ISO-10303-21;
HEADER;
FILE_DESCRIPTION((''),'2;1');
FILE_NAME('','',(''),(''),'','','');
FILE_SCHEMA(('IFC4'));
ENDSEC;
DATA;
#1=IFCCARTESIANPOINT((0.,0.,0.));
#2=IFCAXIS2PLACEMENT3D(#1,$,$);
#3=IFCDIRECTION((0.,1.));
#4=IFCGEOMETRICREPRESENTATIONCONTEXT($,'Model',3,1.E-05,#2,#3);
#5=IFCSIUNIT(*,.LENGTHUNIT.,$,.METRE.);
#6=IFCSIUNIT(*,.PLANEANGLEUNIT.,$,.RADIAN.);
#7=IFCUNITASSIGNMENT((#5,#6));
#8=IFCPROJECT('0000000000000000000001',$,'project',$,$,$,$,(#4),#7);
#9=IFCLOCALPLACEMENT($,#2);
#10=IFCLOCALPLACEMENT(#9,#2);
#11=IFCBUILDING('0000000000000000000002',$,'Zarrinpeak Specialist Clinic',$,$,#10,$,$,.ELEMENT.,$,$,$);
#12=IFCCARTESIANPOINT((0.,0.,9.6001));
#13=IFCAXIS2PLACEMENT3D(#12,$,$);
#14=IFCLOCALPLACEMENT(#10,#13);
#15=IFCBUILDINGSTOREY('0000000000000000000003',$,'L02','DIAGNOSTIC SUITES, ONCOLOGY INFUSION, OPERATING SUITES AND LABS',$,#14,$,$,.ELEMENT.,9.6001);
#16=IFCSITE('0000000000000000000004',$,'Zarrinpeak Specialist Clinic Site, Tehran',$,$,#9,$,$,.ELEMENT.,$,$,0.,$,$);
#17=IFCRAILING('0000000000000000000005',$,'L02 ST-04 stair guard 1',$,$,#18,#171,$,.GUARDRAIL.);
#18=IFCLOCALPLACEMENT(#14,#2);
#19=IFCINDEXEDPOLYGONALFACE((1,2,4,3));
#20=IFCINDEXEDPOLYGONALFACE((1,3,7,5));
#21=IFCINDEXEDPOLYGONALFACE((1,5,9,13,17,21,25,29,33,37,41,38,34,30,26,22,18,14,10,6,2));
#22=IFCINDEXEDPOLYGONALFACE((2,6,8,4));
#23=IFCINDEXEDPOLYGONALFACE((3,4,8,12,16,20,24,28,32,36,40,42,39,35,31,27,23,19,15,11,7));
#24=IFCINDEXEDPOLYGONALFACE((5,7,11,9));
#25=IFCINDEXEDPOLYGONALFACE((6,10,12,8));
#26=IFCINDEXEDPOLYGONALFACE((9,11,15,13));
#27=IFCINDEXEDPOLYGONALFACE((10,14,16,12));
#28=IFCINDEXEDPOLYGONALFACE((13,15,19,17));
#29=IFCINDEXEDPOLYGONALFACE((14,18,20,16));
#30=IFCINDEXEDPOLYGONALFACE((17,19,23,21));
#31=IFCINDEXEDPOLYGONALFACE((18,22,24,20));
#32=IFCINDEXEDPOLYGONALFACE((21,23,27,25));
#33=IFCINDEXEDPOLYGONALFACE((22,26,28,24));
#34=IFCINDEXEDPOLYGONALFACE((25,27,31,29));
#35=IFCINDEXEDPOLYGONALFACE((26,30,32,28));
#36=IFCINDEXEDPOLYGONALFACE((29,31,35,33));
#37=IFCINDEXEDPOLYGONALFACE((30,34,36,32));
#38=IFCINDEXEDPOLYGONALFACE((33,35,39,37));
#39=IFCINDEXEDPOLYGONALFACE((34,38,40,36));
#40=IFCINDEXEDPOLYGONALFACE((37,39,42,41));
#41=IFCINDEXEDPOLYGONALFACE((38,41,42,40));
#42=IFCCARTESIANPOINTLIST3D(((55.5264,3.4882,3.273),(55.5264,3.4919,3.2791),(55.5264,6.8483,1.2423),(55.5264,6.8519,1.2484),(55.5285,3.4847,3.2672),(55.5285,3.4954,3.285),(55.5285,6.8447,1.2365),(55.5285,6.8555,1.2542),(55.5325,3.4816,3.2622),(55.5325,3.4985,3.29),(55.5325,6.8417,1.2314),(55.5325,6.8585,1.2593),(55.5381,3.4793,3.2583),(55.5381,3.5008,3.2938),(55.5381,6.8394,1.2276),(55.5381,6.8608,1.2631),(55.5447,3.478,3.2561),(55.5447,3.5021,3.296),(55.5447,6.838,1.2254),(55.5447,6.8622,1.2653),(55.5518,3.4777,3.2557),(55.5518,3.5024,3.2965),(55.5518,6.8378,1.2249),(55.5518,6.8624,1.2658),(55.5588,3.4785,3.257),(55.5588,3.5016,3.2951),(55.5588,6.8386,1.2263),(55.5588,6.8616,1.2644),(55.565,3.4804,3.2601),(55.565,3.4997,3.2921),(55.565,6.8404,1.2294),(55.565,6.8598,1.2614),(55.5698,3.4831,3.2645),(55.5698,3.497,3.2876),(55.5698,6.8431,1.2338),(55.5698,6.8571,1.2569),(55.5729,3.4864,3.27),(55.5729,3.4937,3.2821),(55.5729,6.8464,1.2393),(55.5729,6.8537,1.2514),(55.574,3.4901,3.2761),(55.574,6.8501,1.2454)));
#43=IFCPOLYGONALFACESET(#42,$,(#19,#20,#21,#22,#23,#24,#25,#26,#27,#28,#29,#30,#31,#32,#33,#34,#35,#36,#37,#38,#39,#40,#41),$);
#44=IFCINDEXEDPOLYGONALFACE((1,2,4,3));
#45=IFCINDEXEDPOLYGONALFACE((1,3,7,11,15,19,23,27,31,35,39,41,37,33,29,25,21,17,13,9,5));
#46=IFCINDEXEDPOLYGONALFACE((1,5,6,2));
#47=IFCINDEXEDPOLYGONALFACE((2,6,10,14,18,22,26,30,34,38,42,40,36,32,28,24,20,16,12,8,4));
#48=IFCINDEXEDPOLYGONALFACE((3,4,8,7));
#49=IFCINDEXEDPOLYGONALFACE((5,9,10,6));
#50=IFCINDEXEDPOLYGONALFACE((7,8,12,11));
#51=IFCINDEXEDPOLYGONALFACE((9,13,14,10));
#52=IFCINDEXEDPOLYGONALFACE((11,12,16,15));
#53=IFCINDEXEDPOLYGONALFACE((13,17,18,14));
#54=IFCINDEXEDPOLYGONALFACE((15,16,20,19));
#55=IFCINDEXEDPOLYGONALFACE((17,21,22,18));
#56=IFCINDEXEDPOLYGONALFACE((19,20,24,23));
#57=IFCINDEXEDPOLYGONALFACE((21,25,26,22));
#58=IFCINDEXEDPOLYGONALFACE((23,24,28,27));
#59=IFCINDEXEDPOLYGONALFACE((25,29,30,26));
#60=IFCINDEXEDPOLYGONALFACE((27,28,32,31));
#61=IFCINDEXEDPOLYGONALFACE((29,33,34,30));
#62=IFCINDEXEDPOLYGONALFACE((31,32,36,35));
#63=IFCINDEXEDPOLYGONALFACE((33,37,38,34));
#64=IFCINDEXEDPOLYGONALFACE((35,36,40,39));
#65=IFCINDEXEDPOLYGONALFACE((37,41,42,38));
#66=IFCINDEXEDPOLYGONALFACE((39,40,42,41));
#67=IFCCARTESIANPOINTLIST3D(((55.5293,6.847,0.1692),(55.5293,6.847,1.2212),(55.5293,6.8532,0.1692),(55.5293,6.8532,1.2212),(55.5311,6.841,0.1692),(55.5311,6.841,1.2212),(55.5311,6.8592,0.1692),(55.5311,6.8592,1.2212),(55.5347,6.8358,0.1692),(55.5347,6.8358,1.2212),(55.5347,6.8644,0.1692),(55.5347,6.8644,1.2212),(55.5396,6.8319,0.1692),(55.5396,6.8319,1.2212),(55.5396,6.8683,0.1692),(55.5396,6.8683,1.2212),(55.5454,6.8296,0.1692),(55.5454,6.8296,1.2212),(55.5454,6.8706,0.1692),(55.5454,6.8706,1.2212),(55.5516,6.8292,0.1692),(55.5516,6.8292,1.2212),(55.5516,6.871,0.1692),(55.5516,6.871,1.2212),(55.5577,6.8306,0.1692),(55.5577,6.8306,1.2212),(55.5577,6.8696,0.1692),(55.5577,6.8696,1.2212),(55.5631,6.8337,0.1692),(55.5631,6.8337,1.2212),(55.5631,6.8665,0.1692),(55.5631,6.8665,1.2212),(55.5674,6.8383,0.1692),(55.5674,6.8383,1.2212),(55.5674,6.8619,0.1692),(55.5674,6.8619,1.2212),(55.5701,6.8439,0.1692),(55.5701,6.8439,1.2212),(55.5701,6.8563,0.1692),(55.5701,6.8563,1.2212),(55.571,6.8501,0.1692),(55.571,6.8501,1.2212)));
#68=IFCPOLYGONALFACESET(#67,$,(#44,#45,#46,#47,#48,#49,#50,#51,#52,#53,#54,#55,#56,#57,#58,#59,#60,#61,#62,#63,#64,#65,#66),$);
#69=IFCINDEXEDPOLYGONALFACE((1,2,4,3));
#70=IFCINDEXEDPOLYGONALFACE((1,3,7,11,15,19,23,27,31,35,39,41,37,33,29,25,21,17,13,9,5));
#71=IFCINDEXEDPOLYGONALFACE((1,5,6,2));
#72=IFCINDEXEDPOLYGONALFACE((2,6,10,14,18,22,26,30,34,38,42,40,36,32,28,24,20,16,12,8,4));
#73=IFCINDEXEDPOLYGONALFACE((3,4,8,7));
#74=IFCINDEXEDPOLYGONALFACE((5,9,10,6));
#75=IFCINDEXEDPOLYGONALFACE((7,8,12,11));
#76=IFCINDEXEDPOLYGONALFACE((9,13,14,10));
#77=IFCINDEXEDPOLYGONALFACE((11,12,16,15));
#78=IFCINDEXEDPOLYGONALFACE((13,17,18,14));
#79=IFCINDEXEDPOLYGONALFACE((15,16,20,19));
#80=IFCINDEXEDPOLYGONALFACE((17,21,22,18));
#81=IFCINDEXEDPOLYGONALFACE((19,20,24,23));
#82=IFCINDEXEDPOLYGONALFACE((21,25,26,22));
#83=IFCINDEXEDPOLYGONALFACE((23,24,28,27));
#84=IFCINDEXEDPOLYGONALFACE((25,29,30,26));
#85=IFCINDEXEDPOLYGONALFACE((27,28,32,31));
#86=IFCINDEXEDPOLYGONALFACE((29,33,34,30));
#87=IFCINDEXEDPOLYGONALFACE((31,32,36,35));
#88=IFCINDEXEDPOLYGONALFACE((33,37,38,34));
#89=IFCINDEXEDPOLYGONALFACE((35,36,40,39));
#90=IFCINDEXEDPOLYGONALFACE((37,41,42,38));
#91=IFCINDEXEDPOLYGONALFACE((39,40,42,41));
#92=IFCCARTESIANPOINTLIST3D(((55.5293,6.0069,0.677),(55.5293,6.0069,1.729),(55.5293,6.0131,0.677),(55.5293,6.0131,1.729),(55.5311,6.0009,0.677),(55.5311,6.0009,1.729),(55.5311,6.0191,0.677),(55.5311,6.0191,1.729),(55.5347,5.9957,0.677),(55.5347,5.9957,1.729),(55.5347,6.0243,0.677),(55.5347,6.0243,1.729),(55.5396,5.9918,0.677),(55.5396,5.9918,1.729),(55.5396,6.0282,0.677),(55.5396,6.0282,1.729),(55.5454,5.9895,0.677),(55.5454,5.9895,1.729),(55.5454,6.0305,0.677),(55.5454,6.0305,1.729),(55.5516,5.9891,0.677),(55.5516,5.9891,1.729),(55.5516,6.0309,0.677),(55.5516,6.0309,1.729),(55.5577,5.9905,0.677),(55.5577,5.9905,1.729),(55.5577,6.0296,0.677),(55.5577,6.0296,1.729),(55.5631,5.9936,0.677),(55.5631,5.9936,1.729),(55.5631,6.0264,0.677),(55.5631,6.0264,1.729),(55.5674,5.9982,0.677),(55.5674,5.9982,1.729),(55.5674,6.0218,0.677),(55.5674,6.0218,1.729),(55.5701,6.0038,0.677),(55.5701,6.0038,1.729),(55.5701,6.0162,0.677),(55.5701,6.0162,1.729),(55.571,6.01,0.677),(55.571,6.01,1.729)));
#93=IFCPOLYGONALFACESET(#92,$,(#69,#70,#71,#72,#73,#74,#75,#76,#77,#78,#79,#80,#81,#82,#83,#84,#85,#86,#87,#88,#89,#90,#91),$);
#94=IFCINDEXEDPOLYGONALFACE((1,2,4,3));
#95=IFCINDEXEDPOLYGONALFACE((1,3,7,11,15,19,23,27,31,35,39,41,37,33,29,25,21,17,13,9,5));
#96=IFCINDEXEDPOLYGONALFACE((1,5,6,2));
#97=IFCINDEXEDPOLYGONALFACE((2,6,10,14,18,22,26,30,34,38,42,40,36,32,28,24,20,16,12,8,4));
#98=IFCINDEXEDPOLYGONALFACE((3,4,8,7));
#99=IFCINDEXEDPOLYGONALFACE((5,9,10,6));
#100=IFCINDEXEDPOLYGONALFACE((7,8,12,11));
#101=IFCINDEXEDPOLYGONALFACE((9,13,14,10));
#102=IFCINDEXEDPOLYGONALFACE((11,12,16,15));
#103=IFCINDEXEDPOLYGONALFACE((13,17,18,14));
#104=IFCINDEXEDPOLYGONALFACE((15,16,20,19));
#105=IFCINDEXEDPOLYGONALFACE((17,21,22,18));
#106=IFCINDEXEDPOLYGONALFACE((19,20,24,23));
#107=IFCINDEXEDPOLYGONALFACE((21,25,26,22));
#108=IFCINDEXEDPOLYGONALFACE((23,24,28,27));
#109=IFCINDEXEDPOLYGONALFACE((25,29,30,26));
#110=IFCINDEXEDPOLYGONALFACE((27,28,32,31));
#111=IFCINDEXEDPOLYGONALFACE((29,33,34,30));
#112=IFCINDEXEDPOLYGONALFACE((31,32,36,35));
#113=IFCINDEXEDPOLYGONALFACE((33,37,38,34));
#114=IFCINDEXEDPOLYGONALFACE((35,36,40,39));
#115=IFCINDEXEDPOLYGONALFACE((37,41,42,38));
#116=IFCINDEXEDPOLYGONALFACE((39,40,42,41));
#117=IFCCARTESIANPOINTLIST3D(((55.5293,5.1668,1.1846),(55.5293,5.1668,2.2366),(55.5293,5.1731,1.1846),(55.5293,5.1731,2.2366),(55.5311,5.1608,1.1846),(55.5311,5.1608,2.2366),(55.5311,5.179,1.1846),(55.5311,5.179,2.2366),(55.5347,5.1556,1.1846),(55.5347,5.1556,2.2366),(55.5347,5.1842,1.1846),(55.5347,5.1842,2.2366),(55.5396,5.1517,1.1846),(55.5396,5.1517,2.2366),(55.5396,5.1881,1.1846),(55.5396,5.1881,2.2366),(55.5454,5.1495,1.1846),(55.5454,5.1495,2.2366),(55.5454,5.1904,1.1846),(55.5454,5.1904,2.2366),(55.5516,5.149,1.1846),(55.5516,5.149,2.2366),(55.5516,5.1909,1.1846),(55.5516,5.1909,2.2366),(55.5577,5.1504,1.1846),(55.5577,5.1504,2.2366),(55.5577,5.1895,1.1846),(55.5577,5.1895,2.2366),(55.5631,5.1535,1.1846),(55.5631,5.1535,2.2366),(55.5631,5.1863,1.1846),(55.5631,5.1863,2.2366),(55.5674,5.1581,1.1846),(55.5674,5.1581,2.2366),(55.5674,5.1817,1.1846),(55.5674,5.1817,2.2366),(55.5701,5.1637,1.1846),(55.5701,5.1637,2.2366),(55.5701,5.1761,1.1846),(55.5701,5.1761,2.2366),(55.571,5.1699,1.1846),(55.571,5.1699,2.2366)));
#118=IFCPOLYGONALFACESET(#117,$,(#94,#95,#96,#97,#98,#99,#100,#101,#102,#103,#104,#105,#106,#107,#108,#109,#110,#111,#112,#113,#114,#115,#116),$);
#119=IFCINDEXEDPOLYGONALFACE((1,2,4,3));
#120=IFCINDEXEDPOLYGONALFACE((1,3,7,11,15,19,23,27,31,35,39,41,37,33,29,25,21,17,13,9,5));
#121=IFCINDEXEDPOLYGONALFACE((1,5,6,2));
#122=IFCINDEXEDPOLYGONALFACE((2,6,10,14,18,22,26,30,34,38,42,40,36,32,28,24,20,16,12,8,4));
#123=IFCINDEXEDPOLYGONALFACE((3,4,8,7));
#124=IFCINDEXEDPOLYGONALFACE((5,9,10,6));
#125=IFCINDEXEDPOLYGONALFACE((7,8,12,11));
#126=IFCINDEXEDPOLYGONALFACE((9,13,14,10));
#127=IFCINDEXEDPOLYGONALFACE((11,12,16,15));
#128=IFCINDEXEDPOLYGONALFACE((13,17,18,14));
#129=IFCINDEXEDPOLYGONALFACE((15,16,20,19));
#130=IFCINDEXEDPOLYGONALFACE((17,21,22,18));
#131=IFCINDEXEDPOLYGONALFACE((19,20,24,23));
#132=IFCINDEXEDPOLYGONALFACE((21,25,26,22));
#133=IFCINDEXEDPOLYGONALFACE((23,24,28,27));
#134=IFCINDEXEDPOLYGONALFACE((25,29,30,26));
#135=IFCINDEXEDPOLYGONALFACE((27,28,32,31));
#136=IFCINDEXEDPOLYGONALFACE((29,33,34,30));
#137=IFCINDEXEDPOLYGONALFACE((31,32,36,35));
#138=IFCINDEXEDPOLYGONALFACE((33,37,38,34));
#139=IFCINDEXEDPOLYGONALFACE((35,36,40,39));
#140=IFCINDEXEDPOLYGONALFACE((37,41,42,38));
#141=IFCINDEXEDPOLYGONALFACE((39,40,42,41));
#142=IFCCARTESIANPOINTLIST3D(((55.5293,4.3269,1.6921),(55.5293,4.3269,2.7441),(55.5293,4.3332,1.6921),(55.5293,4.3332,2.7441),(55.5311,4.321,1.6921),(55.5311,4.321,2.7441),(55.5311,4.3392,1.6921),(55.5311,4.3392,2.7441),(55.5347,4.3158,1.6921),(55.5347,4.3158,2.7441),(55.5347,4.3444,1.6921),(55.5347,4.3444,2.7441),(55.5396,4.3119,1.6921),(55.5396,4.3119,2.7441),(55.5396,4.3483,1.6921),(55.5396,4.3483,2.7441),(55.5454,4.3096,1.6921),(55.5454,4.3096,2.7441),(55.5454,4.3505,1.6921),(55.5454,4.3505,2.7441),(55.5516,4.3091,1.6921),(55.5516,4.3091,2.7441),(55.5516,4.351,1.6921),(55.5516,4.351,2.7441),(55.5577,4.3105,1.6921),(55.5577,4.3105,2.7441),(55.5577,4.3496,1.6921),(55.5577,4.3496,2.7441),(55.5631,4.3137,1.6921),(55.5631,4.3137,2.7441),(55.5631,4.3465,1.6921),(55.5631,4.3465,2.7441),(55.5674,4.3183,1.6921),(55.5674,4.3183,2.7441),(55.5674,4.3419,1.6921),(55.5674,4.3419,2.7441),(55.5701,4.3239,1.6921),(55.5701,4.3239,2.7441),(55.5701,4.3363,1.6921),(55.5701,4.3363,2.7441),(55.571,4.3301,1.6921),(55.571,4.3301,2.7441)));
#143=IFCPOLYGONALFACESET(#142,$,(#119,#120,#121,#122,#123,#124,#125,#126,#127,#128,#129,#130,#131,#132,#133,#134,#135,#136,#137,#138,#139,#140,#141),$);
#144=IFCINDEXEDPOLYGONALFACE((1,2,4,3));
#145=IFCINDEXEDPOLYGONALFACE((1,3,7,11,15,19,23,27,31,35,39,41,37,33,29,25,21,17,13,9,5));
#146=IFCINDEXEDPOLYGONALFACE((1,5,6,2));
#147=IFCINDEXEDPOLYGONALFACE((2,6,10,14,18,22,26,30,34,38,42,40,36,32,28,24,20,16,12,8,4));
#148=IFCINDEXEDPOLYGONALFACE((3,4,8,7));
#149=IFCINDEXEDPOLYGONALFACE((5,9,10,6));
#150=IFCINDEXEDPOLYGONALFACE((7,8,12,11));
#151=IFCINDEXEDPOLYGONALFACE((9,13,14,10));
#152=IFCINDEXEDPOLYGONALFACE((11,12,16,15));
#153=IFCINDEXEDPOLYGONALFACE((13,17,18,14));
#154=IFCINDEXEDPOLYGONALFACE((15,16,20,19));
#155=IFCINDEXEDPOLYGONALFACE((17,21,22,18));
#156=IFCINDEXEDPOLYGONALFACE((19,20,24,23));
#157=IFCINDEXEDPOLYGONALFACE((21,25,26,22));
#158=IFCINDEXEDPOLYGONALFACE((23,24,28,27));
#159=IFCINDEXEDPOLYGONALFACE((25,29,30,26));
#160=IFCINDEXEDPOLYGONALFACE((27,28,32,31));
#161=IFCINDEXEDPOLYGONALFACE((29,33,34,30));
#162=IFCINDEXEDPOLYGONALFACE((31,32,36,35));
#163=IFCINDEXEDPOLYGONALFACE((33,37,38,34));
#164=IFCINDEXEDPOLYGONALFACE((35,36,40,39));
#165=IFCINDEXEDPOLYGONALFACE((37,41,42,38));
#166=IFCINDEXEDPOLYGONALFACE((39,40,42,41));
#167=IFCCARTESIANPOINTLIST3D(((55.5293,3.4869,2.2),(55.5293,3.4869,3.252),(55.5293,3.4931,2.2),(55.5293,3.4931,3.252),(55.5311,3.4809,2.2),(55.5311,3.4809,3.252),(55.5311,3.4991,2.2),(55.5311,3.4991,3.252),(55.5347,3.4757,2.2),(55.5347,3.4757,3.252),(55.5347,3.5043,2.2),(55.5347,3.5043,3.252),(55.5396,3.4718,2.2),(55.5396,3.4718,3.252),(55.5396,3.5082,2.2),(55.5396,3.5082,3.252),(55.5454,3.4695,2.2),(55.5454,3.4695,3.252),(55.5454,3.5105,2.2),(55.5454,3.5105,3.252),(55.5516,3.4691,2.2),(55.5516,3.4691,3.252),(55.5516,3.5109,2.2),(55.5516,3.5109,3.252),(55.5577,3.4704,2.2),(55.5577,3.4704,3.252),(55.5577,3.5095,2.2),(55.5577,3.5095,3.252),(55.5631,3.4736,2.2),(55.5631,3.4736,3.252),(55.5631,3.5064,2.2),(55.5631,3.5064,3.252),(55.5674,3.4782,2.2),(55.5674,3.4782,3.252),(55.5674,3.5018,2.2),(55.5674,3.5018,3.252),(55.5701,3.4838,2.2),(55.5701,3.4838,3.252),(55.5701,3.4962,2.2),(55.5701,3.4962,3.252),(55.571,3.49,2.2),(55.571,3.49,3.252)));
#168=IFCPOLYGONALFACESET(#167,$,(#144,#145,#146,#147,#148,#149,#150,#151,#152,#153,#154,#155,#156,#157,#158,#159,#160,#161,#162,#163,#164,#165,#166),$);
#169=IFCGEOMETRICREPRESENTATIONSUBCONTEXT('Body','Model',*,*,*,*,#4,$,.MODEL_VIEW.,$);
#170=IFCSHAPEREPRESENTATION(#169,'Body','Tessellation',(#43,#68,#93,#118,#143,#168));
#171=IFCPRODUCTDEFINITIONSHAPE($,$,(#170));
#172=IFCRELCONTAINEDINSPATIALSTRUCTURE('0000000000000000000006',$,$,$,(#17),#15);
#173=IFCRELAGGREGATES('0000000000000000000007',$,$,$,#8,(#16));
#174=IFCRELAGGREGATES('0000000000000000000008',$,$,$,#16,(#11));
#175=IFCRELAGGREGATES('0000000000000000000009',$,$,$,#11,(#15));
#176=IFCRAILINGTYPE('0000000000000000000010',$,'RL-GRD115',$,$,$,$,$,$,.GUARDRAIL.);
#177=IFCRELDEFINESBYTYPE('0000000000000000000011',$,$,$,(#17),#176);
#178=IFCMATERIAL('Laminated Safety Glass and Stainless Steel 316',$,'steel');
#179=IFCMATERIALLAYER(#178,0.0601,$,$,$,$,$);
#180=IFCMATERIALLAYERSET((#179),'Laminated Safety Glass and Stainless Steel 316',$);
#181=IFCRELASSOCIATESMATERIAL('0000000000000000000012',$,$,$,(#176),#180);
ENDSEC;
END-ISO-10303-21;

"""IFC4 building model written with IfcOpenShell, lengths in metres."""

from ifc_helpers import new_model, si_unit, direction, frame, origin, origin_2d, place, context, subcontext, project, spatial, circle, extrude, material, layer, layer_set, type_object, element, save


model = new_model("IFC4")

# Units and contexts
model_context = context("Model", 3, precision=1e-05, world=origin(), true_north=direction((0.0, 1.0)))
body_context = subcontext(model_context, "Body", "Model", "MODEL_VIEW")
ifc_project = project(units=[si_unit("LENGTHUNIT", "METRE"), si_unit("PLANEANGLEUNIT", "RADIAN")], contexts=[model_context])

# Site, building, storey
site_placement = place(None, origin())
site = spatial("IfcSite", under=ifc_project, at=site_placement, Name="Zarrinpeak Specialist Clinic Site, Tehran", CompositionType="ELEMENT", RefElevation=0.0)
building_placement = place(site_placement, origin())
building = spatial("IfcBuilding", under=site, at=building_placement, Name="Zarrinpeak Specialist Clinic", CompositionType="ELEMENT")
storey_placement = place(building_placement, frame((0.0, 0.0, 9.6001)))
storey = spatial("IfcBuildingStorey", under=building, at=storey_placement, Name="L02", Description="DIAGNOSTIC SUITES, ONCOLOGY INFUSION, OPERATING SUITES AND LABS", CompositionType="ELEMENT", Elevation=9.6001)

# Railing
ifc_material_1 = material(Name="Laminated Safety Glass and Stainless Steel 316", Category="steel")
ifc_layer_1 = layer(ifc_material_1, 0.0601)
ifc_layer_set_1 = layer_set([ifc_layer_1], Name="Laminated Safety Glass and Stainless Steel 316")
railing_type_1 = type_object("IfcRailingType", Name="RL-GRD115", PredefinedType="GUARDRAIL", material=ifc_layer_set_1)
railing_1_placement = place(storey_placement, frame((55.55, 6.8501, 0.1692)))
element("IfcRailing", 1, at=railing_1_placement, inside=storey, type_object=railing_type_1, Name="L02 ST-04 stair guard 1", PredefinedType="GUARDRAIL", context=body_context, shape_type="SweptSolid", body=[
    extrude(circle(Radius=0.0239, at=origin_2d()), frame((0.0, 0.0, 1.0762), z_axis=(0.0, -0.855837, 0.517246), x_axis=(1.0, 0.0, 0.0)), (0.0, 0.0, 1.0), 3.926),
    extrude(circle(Radius=0.021, at=origin_2d()), origin(), (0.0, 0.0, 1.0), 1.052),
    extrude(circle(Radius=0.021, at=origin_2d()), frame((0.0, -0.8401, 0.5078)), (0.0, 0.0, 1.0), 1.052),
    extrude(circle(Radius=0.021, at=origin_2d()), frame((0.0, -1.6802, 1.0154)), (0.0, 0.0, 1.0), 1.052),
    extrude(circle(Radius=0.021, at=origin_2d()), frame((0.0, -2.52, 1.5229)), (0.0, 0.0, 1.0), 1.052),
    extrude(circle(Radius=0.021, at=origin_2d()), frame((0.0, -3.3601, 2.0308)), (0.0, 0.0, 1.0), 1.052),
])

save(model, "model.ifc")
